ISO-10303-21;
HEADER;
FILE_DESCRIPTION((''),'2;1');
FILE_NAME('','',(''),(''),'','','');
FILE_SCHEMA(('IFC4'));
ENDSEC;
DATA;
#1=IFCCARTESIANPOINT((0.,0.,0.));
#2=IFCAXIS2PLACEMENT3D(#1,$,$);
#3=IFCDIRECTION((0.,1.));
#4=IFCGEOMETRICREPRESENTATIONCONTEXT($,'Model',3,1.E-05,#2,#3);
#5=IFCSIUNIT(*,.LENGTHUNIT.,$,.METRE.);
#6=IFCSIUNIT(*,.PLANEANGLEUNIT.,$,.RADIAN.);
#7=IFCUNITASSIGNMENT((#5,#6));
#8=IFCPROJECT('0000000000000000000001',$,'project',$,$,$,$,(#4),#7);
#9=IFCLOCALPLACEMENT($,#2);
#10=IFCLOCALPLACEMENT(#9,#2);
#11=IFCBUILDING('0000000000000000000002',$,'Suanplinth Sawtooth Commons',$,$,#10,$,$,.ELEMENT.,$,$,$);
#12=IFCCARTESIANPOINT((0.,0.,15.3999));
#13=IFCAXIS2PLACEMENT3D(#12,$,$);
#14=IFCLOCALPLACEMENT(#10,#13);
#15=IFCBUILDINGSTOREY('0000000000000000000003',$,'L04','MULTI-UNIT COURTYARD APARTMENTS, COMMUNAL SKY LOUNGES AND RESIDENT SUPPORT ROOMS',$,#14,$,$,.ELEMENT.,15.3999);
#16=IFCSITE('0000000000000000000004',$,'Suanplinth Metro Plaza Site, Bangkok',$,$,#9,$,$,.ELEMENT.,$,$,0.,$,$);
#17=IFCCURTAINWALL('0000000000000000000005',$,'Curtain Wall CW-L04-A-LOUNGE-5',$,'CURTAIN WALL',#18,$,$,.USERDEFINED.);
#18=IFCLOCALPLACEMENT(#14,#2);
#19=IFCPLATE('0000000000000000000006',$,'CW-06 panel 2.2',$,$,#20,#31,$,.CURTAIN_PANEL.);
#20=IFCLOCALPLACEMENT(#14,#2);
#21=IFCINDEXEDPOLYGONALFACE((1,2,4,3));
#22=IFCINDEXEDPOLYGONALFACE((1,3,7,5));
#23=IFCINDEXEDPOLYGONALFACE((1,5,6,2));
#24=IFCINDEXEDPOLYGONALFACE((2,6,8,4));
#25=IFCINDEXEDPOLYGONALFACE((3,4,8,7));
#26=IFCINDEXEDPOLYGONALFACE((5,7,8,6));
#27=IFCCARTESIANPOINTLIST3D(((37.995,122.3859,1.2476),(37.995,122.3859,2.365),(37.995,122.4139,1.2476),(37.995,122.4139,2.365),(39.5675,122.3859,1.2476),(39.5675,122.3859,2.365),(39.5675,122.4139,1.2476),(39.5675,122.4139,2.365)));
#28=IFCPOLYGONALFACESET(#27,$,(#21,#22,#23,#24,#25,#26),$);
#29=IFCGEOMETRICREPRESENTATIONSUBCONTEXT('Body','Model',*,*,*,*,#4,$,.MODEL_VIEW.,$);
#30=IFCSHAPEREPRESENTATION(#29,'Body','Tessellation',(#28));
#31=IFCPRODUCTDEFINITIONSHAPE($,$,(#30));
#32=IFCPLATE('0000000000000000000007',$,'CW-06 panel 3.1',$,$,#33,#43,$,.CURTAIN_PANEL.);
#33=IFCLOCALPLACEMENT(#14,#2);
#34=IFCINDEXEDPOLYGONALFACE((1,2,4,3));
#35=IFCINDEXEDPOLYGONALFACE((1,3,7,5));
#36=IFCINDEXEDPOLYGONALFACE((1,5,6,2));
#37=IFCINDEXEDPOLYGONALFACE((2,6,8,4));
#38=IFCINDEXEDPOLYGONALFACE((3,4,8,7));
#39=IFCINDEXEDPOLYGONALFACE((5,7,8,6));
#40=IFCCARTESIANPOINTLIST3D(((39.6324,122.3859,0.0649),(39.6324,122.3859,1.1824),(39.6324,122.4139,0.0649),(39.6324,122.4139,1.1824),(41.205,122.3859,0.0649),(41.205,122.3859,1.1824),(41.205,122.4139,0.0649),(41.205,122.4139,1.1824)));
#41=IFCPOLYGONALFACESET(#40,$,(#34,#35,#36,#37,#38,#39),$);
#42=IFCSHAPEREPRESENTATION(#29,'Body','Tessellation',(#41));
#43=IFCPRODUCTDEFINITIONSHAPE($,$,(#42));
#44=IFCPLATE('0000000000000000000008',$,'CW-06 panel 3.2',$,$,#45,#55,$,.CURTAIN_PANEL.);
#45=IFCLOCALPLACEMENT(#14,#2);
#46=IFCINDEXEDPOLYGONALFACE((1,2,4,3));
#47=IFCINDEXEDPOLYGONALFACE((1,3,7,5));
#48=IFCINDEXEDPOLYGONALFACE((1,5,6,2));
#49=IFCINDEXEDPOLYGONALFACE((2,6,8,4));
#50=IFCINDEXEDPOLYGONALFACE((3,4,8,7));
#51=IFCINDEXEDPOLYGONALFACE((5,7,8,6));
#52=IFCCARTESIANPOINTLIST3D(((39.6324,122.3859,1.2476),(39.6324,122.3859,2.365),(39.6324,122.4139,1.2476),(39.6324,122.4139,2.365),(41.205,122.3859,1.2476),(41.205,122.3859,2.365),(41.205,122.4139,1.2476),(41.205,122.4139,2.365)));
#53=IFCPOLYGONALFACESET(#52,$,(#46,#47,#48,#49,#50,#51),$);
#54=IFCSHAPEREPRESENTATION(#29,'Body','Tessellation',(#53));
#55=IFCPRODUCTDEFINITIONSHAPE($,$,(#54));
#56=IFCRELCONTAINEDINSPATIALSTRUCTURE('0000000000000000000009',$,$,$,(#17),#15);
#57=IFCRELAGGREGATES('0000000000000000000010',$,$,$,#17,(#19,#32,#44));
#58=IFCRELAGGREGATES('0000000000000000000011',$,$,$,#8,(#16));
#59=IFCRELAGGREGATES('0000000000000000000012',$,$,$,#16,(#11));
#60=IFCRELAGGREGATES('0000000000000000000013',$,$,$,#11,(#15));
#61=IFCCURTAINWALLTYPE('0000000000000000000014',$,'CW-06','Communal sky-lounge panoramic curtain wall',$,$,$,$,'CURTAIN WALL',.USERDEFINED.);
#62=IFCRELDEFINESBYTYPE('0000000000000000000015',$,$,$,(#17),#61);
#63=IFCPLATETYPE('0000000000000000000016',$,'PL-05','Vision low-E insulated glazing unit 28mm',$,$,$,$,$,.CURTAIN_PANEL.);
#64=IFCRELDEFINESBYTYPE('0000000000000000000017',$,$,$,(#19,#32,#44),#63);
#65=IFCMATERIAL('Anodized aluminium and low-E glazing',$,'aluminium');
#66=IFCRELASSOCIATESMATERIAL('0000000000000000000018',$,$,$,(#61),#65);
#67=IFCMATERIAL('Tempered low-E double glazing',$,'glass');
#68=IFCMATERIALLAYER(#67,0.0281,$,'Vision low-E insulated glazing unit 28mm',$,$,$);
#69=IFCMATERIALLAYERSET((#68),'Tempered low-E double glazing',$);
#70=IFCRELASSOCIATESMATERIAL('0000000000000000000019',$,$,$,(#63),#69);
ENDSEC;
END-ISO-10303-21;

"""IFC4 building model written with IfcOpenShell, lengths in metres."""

from ifc_helpers import new_model, si_unit, direction, frame, origin, origin_2d, place, context, subcontext, project, spatial, rectangle, extrude, material, layer, layer_set, type_object, element, aggregate, save


model = new_model("IFC4")

# Units and contexts
model_context = context("Model", 3, precision=1e-05, world=origin(), true_north=direction((0.0, 1.0)))
body_context = subcontext(model_context, "Body", "Model", "MODEL_VIEW")
ifc_project = project(units=[si_unit("LENGTHUNIT", "METRE"), si_unit("PLANEANGLEUNIT", "RADIAN")], contexts=[model_context])

# Site, building, storey
site_placement = place(None, origin())
site = spatial("IfcSite", under=ifc_project, at=site_placement, Name="Suanplinth Metro Plaza Site, Bangkok", CompositionType="ELEMENT", RefElevation=0.0)
building_placement = place(site_placement, origin())
building = spatial("IfcBuilding", under=site, at=building_placement, Name="Suanplinth Sawtooth Commons", CompositionType="ELEMENT")
storey_placement = place(building_placement, frame((0.0, 0.0, 15.3999)))
storey = spatial("IfcBuildingStorey", under=building, at=storey_placement, Name="L04", Description="MULTI-UNIT COURTYARD APARTMENTS, COMMUNAL SKY LOUNGES AND RESIDENT SUPPORT ROOMS", CompositionType="ELEMENT", Elevation=15.3999)

# Curtain wall
ifc_material_1 = material(Name="Anodized aluminium and low-E glazing", Category="aluminium")
curtain_wall_type = type_object("IfcCurtainWallType", Name="CW-06", Description="Communal sky-lounge panoramic curtain wall", ElementType="CURTAIN WALL", PredefinedType="USERDEFINED", material=ifc_material_1)
curtain_wall_placement = place(storey_placement, origin())
curtain_wall = element("IfcCurtainWall", 1, at=curtain_wall_placement, inside=storey, type_object=curtain_wall_type, Name="Curtain Wall CW-L04-A-LOUNGE-5", ObjectType="CURTAIN WALL", PredefinedType="USERDEFINED")

# Plates
ifc_material_2 = material(Name="Tempered low-E double glazing", Category="glass")
ifc_layer_1 = layer(ifc_material_2, 0.0281, Name="Vision low-E insulated glazing unit 28mm")
ifc_layer_set_1 = layer_set([ifc_layer_1], Name="Tempered low-E double glazing")
plate_type_1 = type_object("IfcPlateType", Name="PL-05", Description="Vision low-E insulated glazing unit 28mm", PredefinedType="CURTAIN_PANEL", material=ifc_layer_set_1)
plate_1_placement = place(storey_placement, frame((38.7812, 122.3999, 1.2476), z_axis=(0.0, 0.0, 1.0), x_axis=(1.0, 0.0, 0.0)))
plate_1 = element("IfcPlate", 2, at=plate_1_placement, type_object=plate_type_1, Name="CW-06 panel 2.2", PredefinedType="CURTAIN_PANEL", context=body_context, shape_type="SweptSolid", body=[
    extrude(rectangle(XDim=1.5725, YDim=0.0281, at=origin_2d()), origin(), (0.0, 0.0, 1.0), 1.1174),
])
plate_2_placement = place(storey_placement, frame((40.4187, 122.3999, 0.0649), z_axis=(0.0, 0.0, 1.0), x_axis=(1.0, 0.0, 0.0)))
plate_2 = element("IfcPlate", 3, at=plate_2_placement, type_object=plate_type_1, Name="CW-06 panel 3.1", PredefinedType="CURTAIN_PANEL", context=body_context, shape_type="SweptSolid", body=[
    extrude(rectangle(XDim=1.5725, YDim=0.0281, at=origin_2d()), origin(), (0.0, 0.0, 1.0), 1.1174),
])
plate_3_placement = place(storey_placement, frame((40.4187, 122.3999, 1.2476), z_axis=(0.0, 0.0, 1.0), x_axis=(1.0, 0.0, 0.0)))
plate_3 = element("IfcPlate", 4, at=plate_3_placement, type_object=plate_type_1, Name="CW-06 panel 3.2", PredefinedType="CURTAIN_PANEL", context=body_context, shape_type="SweptSolid", body=[
    extrude(rectangle(XDim=1.5725, YDim=0.0281, at=origin_2d()), origin(), (0.0, 0.0, 1.0), 1.1174),
])
aggregate(curtain_wall, [plate_1, plate_2, plate_3])

save(model, "model.ifc")
